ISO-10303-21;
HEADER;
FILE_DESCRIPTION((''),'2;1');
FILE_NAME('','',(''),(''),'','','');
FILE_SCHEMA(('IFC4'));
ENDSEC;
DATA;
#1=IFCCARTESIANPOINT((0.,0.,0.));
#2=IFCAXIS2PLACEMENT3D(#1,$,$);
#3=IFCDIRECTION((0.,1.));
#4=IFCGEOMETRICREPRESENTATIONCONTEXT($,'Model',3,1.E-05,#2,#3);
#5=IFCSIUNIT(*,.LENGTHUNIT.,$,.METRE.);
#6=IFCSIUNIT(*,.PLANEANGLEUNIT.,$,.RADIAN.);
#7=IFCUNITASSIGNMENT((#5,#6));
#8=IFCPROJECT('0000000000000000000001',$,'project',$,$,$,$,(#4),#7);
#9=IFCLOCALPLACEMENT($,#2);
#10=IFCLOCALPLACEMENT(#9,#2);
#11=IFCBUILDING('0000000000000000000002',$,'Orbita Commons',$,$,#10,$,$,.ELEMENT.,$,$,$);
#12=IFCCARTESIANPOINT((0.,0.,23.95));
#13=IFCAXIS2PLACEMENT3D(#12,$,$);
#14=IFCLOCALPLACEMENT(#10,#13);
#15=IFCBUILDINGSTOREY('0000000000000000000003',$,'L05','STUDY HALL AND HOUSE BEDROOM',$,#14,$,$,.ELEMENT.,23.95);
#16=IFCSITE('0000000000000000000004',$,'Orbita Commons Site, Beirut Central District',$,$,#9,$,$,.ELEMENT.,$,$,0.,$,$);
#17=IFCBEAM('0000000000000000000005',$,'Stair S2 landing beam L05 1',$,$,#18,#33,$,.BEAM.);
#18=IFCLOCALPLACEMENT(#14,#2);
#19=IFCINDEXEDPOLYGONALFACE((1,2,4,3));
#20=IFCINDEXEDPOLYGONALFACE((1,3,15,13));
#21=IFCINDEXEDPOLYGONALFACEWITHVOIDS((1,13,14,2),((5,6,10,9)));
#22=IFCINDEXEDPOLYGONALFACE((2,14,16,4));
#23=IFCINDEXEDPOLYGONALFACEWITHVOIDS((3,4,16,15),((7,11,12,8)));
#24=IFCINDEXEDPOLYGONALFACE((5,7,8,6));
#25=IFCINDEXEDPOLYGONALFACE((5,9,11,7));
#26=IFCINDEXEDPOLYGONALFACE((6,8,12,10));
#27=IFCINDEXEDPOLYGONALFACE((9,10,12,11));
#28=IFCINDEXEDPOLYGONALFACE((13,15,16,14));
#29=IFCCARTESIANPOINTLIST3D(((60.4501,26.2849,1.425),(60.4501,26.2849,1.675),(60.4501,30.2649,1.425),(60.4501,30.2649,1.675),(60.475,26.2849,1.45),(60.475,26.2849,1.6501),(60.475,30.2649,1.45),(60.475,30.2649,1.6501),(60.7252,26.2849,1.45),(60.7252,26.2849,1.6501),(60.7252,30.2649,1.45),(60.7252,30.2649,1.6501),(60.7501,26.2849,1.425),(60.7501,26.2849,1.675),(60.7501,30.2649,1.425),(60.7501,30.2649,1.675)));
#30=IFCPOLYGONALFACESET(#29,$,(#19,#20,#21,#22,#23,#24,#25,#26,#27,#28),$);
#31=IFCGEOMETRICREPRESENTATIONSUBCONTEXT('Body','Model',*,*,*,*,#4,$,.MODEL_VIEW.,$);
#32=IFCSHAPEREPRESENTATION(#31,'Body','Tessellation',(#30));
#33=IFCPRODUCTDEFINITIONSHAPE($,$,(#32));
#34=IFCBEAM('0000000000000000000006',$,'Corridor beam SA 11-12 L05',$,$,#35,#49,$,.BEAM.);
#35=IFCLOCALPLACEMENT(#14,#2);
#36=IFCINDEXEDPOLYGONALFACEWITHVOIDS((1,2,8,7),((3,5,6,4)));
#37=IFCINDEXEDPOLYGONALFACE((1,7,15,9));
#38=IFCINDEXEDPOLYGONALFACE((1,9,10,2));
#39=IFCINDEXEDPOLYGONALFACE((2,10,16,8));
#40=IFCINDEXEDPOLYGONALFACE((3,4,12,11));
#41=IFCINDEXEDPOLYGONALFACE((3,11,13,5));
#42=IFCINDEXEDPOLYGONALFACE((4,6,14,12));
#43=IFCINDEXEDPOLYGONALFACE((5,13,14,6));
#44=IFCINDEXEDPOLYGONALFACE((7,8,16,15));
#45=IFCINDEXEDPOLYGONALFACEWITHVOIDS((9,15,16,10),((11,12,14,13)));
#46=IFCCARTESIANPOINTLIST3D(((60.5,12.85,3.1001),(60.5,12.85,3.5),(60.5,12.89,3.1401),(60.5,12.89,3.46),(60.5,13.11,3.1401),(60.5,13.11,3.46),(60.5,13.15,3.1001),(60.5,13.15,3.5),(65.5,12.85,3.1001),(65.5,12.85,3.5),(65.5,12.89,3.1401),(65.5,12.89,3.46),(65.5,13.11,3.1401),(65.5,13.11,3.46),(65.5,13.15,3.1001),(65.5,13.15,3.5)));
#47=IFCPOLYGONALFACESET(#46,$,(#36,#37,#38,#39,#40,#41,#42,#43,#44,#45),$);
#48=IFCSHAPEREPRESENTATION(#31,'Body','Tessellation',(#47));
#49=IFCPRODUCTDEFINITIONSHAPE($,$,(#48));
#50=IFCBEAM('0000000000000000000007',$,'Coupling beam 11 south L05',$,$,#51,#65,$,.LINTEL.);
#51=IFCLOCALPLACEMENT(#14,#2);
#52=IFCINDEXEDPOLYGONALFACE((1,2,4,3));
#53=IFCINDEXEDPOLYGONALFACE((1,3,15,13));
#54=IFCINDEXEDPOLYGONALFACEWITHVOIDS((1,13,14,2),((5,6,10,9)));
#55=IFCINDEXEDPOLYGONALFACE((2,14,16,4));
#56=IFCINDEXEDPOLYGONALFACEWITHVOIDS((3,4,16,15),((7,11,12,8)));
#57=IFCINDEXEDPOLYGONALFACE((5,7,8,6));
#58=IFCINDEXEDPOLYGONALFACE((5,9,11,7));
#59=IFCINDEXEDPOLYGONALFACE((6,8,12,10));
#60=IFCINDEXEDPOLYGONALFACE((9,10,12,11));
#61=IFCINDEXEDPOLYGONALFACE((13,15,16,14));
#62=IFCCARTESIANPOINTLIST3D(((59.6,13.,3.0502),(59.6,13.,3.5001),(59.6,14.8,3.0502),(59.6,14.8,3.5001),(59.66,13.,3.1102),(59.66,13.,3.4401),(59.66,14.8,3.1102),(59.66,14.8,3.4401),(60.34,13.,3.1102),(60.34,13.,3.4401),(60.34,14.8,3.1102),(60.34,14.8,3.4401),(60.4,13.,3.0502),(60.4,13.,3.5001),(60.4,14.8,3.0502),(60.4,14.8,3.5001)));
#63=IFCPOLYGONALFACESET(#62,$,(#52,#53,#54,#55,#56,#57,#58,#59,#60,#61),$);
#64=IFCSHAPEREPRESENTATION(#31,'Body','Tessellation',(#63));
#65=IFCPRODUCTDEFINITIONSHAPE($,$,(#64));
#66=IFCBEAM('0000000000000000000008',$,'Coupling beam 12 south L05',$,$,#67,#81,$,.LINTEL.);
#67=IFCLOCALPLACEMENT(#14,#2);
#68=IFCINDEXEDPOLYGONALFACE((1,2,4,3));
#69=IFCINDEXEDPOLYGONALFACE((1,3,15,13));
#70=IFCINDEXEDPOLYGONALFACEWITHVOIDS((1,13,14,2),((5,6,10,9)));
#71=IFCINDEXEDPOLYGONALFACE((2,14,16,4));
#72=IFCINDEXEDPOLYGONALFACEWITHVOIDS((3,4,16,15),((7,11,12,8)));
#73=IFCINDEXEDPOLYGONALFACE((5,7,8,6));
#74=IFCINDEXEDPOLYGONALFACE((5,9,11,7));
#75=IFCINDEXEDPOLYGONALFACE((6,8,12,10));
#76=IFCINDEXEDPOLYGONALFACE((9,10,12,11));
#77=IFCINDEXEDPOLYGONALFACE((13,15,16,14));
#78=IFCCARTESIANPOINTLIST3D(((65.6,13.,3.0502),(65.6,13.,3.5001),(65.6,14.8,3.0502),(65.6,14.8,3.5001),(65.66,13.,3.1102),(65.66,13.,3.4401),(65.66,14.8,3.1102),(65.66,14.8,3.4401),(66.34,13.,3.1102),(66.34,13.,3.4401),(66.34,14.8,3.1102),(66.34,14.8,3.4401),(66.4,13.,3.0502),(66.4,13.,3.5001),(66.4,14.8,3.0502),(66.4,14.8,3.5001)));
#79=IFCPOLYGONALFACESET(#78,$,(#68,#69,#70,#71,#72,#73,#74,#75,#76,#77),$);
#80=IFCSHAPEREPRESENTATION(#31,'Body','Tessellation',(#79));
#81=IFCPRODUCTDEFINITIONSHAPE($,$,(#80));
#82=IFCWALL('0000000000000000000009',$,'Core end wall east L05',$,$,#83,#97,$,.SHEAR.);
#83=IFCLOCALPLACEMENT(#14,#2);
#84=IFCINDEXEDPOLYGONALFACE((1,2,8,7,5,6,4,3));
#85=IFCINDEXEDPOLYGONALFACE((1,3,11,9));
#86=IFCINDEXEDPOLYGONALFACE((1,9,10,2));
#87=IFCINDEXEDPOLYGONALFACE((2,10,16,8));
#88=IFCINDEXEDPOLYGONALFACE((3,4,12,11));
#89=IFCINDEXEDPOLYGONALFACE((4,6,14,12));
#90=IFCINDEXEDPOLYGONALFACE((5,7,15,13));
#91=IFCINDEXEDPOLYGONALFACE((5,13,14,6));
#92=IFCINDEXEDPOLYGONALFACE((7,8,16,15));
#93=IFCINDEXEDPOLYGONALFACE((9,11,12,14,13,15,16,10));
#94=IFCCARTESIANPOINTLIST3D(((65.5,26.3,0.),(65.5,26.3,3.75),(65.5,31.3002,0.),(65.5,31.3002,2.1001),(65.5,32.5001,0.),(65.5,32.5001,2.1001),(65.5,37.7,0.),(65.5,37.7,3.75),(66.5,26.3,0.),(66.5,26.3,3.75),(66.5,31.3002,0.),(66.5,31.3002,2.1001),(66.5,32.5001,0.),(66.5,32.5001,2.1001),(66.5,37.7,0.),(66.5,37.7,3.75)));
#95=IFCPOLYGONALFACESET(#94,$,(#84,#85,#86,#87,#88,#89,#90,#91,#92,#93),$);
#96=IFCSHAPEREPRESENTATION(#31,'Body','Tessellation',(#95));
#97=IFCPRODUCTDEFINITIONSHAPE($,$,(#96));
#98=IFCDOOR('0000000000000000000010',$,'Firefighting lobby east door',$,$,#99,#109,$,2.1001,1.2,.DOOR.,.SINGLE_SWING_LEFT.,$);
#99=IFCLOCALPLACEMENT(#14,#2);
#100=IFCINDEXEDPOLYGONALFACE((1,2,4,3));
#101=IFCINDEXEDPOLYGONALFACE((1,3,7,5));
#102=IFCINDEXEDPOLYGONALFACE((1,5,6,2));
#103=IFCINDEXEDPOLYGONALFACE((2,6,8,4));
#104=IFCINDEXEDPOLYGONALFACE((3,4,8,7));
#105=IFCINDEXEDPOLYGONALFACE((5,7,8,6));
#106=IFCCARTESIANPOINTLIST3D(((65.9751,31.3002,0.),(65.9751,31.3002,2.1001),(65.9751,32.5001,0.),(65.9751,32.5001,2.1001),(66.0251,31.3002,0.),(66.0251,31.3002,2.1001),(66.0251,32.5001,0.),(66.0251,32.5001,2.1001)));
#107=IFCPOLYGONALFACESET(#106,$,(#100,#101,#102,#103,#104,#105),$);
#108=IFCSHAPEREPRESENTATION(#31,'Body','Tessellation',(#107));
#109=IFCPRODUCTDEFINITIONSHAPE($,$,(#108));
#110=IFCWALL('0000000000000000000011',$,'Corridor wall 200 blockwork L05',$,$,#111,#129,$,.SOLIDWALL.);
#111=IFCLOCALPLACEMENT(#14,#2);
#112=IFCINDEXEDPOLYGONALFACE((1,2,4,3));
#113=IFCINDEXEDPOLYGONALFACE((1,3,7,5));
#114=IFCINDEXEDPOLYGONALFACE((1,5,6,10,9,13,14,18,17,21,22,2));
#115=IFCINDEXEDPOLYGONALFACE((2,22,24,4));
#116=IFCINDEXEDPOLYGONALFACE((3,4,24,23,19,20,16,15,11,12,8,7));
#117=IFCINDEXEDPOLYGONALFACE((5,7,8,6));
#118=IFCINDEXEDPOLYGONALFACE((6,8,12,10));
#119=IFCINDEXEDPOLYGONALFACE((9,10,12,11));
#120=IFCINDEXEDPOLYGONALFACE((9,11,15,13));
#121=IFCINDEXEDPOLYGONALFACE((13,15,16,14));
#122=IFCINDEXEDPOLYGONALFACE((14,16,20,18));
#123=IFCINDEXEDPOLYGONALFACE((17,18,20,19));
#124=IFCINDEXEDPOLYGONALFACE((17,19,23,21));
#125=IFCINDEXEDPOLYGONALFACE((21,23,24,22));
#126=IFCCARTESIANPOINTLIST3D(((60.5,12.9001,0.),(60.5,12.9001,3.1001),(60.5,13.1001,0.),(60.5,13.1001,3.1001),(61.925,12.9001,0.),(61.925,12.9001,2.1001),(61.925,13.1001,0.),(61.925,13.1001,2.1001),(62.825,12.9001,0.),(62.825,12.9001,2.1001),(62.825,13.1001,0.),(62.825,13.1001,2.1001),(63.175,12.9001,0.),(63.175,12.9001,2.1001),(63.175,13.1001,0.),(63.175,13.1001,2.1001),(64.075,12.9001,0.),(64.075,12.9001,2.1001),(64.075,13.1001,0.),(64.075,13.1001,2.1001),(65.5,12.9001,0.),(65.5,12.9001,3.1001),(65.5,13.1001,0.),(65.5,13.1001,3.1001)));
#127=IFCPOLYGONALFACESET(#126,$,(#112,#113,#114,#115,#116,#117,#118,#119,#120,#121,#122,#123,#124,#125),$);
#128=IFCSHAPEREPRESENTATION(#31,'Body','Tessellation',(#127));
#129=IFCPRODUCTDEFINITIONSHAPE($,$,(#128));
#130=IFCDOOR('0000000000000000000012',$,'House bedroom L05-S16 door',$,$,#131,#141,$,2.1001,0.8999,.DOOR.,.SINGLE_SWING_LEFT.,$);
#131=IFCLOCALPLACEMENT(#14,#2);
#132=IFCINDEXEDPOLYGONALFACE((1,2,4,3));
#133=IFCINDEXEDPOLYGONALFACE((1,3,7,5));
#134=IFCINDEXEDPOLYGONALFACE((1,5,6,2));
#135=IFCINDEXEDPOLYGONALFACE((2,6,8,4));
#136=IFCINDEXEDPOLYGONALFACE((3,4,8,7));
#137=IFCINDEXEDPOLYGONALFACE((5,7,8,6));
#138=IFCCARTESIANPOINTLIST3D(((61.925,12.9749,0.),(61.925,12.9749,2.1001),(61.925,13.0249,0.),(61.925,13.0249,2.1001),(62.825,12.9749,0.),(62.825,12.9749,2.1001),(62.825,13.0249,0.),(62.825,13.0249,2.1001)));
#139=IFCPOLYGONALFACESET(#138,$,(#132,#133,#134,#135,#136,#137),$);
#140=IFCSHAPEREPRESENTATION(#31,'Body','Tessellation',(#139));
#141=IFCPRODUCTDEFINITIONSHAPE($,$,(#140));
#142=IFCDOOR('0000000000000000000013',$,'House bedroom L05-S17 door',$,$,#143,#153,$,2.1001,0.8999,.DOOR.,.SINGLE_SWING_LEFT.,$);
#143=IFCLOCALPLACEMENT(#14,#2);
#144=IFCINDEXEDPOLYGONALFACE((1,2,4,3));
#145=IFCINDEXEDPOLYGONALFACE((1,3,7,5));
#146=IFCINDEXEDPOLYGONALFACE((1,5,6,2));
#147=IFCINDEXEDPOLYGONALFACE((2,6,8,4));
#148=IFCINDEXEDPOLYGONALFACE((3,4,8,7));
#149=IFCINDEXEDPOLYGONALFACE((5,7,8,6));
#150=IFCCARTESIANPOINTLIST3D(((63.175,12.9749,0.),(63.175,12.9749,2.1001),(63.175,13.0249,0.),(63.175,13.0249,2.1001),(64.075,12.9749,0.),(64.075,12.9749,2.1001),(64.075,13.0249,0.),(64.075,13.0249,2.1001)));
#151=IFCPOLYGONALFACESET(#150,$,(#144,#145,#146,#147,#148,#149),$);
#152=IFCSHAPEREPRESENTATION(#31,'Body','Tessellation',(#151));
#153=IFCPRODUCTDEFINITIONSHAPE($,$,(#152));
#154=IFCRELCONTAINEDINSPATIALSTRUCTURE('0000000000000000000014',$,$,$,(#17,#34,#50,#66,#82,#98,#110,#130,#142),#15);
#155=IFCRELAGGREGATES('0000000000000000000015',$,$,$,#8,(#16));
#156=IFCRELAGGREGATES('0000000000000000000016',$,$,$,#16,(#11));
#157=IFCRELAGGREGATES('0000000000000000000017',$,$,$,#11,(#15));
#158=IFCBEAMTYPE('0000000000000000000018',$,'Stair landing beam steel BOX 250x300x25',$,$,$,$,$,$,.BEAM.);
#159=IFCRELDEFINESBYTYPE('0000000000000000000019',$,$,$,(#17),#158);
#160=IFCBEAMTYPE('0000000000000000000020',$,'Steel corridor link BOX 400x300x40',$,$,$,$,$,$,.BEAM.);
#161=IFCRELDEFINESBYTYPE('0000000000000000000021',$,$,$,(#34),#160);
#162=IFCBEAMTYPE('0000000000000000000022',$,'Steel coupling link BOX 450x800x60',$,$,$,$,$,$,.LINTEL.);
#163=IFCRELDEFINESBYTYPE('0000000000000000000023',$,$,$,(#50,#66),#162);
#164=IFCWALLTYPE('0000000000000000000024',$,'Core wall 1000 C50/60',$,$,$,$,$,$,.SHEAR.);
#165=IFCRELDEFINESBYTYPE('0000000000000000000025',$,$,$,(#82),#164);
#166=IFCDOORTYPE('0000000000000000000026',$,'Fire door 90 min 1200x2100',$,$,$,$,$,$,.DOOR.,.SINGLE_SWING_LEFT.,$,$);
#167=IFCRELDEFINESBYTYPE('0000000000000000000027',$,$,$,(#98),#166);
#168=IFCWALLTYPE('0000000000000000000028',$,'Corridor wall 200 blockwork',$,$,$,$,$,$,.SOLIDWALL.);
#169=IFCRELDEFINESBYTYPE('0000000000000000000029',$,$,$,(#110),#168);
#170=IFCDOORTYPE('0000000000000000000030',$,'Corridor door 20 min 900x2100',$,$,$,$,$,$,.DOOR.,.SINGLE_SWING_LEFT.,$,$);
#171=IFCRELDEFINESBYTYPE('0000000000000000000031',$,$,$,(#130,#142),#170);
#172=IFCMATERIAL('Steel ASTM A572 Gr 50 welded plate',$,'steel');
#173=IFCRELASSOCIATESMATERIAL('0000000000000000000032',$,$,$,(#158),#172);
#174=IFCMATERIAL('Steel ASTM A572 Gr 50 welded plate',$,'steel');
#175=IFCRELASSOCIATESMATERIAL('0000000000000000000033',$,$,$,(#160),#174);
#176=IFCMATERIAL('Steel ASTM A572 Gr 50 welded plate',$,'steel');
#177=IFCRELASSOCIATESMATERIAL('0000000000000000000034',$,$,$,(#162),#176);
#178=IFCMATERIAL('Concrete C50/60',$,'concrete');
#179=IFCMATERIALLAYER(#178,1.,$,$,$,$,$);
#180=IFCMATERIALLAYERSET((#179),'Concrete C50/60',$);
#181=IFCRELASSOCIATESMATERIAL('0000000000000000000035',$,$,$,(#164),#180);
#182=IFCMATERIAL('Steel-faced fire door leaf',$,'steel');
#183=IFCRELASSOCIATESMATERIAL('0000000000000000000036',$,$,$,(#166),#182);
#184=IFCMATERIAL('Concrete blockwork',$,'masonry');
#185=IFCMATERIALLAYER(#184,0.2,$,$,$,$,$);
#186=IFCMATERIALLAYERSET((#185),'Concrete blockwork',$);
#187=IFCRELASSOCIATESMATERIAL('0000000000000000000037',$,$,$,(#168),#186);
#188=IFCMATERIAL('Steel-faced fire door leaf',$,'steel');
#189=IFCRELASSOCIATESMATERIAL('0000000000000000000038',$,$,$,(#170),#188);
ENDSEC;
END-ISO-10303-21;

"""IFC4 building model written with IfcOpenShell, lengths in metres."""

from ifc_helpers import new_model, si_unit, direction, frame, frame_2d, origin, origin_2d, place, context, subcontext, project, spatial, polyline, rectangle, hollow_rectangle, outline, extrude, material, layer, layer_set, material_profile, profile_set, type_object, element, fill, save


model = new_model("IFC4")

# Units and contexts
model_context = context("Model", 3, precision=1e-05, world=origin(), true_north=direction((0.0, 1.0)))
body_context = subcontext(model_context, "Body", "Model", "MODEL_VIEW")
ifc_project = project(units=[si_unit("LENGTHUNIT", "METRE"), si_unit("PLANEANGLEUNIT", "RADIAN")], contexts=[model_context])

# Site, building, storey
site_placement = place(None, origin())
site = spatial("IfcSite", under=ifc_project, at=site_placement, Name="Orbita Commons Site, Beirut Central District", CompositionType="ELEMENT", RefElevation=0.0)
building_placement = place(site_placement, origin())
building = spatial("IfcBuilding", under=site, at=building_placement, Name="Orbita Commons", CompositionType="ELEMENT")
storey_placement = place(building_placement, frame((0.0, 0.0, 23.95)))
storey = spatial("IfcBuildingStorey", under=building, at=storey_placement, Name="L05", Description="STUDY HALL AND HOUSE BEDROOM", CompositionType="ELEMENT", Elevation=23.95)

# Beams
ifc_material_1 = material(Name="Steel ASTM A572 Gr 50 welded plate", Category="steel")
ifc_material_profile_1 = material_profile(ifc_material_1, hollow_rectangle(XDim=0.3, YDim=0.25, WallThickness=0.0249, at=origin_2d()), Name="BOX 250x300x25")
ifc_profile_set_1 = profile_set([ifc_material_profile_1], Name="Steel ASTM A572 Gr 50 welded plate")
beam_type_1 = type_object("IfcBeamType", Name="Stair landing beam steel BOX 250x300x25", PredefinedType="BEAM", material=ifc_profile_set_1)
beam_1_placement = place(storey_placement, frame((60.6001, 26.2849, 1.55), z_axis=(0.0, 1.0, 0.0), x_axis=(-1.0, 0.0, 0.0)))
element("IfcBeam", 1, at=beam_1_placement, inside=storey, type_object=beam_type_1, Name="Stair S2 landing beam L05 1", PredefinedType="BEAM", context=body_context, shape_type="SweptSolid", body=[
    extrude(hollow_rectangle(XDim=0.3, YDim=0.25, WallThickness=0.0249, at=origin_2d()), origin(), (0.0, 0.0, 1.0), 3.98),
])
ifc_material_2 = material(Name="Steel ASTM A572 Gr 50 welded plate", Category="steel")
ifc_material_profile_2 = material_profile(ifc_material_2, hollow_rectangle(XDim=0.3, YDim=0.3999, WallThickness=0.04, at=origin_2d()), Name="BOX 400x300x40")
ifc_profile_set_2 = profile_set([ifc_material_profile_2], Name="Steel ASTM A572 Gr 50 welded plate")
beam_type_2 = type_object("IfcBeamType", Name="Steel corridor link BOX 400x300x40", PredefinedType="BEAM", material=ifc_profile_set_2)
beam_2_placement = place(storey_placement, frame((60.5, 13.0, 3.3), z_axis=(1.0, 0.0, 0.0), x_axis=(0.0, 1.0, 0.0)))
element("IfcBeam", 2, at=beam_2_placement, inside=storey, type_object=beam_type_2, Name="Corridor beam SA 11-12 L05", PredefinedType="BEAM", context=body_context, shape_type="SweptSolid", body=[
    extrude(hollow_rectangle(XDim=0.3, YDim=0.3999, WallThickness=0.04, at=origin_2d()), origin(), (0.0, 0.0, 1.0), 5.0),
])
ifc_material_3 = material(Name="Steel ASTM A572 Gr 50 welded plate", Category="steel")
ifc_material_profile_3 = material_profile(ifc_material_3, hollow_rectangle(XDim=0.8, YDim=0.45, WallThickness=0.0601, at=origin_2d()), Name="BOX 450x800x60")
ifc_profile_set_3 = profile_set([ifc_material_profile_3], Name="Steel ASTM A572 Gr 50 welded plate")
beam_type_3 = type_object("IfcBeamType", Name="Steel coupling link BOX 450x800x60", PredefinedType="LINTEL", material=ifc_profile_set_3)
for number, where, z_axis, x_axis, name in (
    (3, (60.0, 13.0, 3.2751), (0.0, 1.0, 0.0), (-1.0, 0.0, 0.0), "Coupling beam 11 south L05"),
    (4, (66.0, 13.0, 3.2751), (0.0, 1.0, 0.0), (-1.0, 0.0, 0.0), "Coupling beam 12 south L05"),
):
    element("IfcBeam", number, at=place(storey_placement, frame(where, z_axis=z_axis, x_axis=x_axis)), inside=storey, type_object=beam_type_3, Name=name, PredefinedType="LINTEL", context=body_context, shape_type="SweptSolid", body=[
        extrude(hollow_rectangle(XDim=0.8, YDim=0.45, WallThickness=0.0601, at=origin_2d()), origin(), (0.0, 0.0, 1.0), 1.8),
    ])

# Wall, opening, door
ifc_material_4 = material(Name="Concrete C50/60", Category="concrete")
ifc_layer_1 = layer(ifc_material_4, 1.0)
ifc_layer_set_1 = layer_set([ifc_layer_1], Name="Concrete C50/60")
wall_type_1 = type_object("IfcWallType", Name="Core wall 1000 C50/60", PredefinedType="SHEAR", material=ifc_layer_set_1)
wall_1_placement = place(storey_placement, frame((66.0, 26.3, 0.0), z_axis=(0.0, 0.0, 1.0), x_axis=(0.0, 1.0, 0.0)))
wall_1 = element("IfcWall", 5, at=wall_1_placement, inside=storey, type_object=wall_type_1, Name="Core end wall east L05", PredefinedType="SHEAR", context=body_context, shape_type="SweptSolid", body=[
    extrude(rectangle(XDim=11.3999, YDim=1.0, at=frame_2d((5.7, 0.0))), origin(), (0.0, 0.0, 1.0), 3.75),
])
opening_1_placement = place(wall_1_placement, frame((5.0, 0.0, 0.0)))
opening_1 = element("IfcOpeningElement", 6, at=opening_1_placement, cuts=wall_1, PredefinedType="OPENING", context=body_context, shape_type="SweptSolid", body=[
    extrude(rectangle(XDim=1.2, YDim=2.1001, at=frame_2d((0.6001, 1.05))), frame((0.0, 0.51, 0.0), z_axis=(0.0, -1.0, 0.0), x_axis=(1.0, 0.0, 0.0)), (0.0, 0.0, 1.0), 1.02),
])
ifc_material_5 = material(Name="Steel-faced fire door leaf", Category="steel")
door_type_1 = type_object("IfcDoorType", Name="Fire door 90 min 1200x2100", OperationType="SINGLE_SWING_LEFT", PredefinedType="DOOR", material=ifc_material_5)
door_1_placement = place(opening_1_placement, origin())
door_1 = element("IfcDoor", 7, at=door_1_placement, inside=storey, type_object=door_type_1, Name="Firefighting lobby east door", OperationType="SINGLE_SWING_LEFT", OverallHeight=2.1001, OverallWidth=1.2, PredefinedType="DOOR", context=body_context, shape_type="SweptSolid", body=[
    extrude(rectangle(XDim=1.2, YDim=2.1001, at=frame_2d((0.6001, 1.05))), frame((0.0, 0.0249, 0.0), z_axis=(0.0, -1.0, 0.0), x_axis=(1.0, 0.0, 0.0)), (0.0, 0.0, 1.0), 0.05),
])
fill(opening_1, door_1)

# Wall, openings, doors
ifc_material_6 = material(Name="Concrete blockwork", Category="masonry")
ifc_layer_2 = layer(ifc_material_6, 0.2)
ifc_layer_set_2 = layer_set([ifc_layer_2], Name="Concrete blockwork")
wall_type_2 = type_object("IfcWallType", Name="Corridor wall 200 blockwork", PredefinedType="SOLIDWALL", material=ifc_layer_set_2)
wall_2_placement = place(storey_placement, frame((60.5, 13.0, 0.0), z_axis=(0.0, 0.0, 1.0), x_axis=(1.0, 0.0, 0.0)))
wall_2 = element("IfcWall", 8, at=wall_2_placement, inside=storey, type_object=wall_type_2, Name="Corridor wall 200 blockwork L05", PredefinedType="SOLIDWALL", context=body_context, shape_type="SweptSolid", body=[
    extrude(outline(polyline([(0.0, 0.0), (5.0, 0.0), (5.0, 3.1001), (0.0, 3.1001), (0.0, 0.0)])), frame((0.0, 0.1001, 0.0), z_axis=(0.0, -1.0, 0.0), x_axis=(1.0, 0.0, 0.0)), (0.0, 0.0, 1.0), 0.2),
])
opening_2_placement = place(wall_2_placement, frame((1.425, 0.0, 0.0)))
opening_2 = element("IfcOpeningElement", 9, at=opening_2_placement, cuts=wall_2, PredefinedType="OPENING", context=body_context, shape_type="SweptSolid", body=[
    extrude(rectangle(XDim=0.8999, YDim=2.1001, at=frame_2d((0.45, 1.05))), frame((0.0, 0.1099, 0.0), z_axis=(0.0, -1.0, 0.0), x_axis=(1.0, 0.0, 0.0)), (0.0, 0.0, 1.0), 0.22),
])
opening_3_placement = place(wall_2_placement, frame((2.675, 0.0, 0.0)))
opening_3 = element("IfcOpeningElement", 10, at=opening_3_placement, cuts=wall_2, PredefinedType="OPENING", context=body_context, shape_type="SweptSolid", body=[
    extrude(rectangle(XDim=0.8999, YDim=2.1001, at=frame_2d((0.45, 1.05))), frame((0.0, 0.1099, 0.0), z_axis=(0.0, -1.0, 0.0), x_axis=(1.0, 0.0, 0.0)), (0.0, 0.0, 1.0), 0.22),
])
ifc_material_7 = material(Name="Steel-faced fire door leaf", Category="steel")
door_type_2 = type_object("IfcDoorType", Name="Corridor door 20 min 900x2100", OperationType="SINGLE_SWING_LEFT", PredefinedType="DOOR", material=ifc_material_7)
door_2_placement = place(opening_2_placement, origin())
door_2 = element("IfcDoor", 11, at=door_2_placement, inside=storey, type_object=door_type_2, Name="House bedroom L05-S16 door", OperationType="SINGLE_SWING_LEFT", OverallHeight=2.1001, OverallWidth=0.8999, PredefinedType="DOOR", context=body_context, shape_type="SweptSolid", body=[
    extrude(rectangle(XDim=0.8999, YDim=2.1001, at=frame_2d((0.45, 1.05))), frame((0.0, 0.0249, 0.0), z_axis=(0.0, -1.0, 0.0), x_axis=(1.0, 0.0, 0.0)), (0.0, 0.0, 1.0), 0.05),
])
fill(opening_2, door_2)
door_3_placement = place(opening_3_placement, origin())
door_3 = element("IfcDoor", 12, at=door_3_placement, inside=storey, type_object=door_type_2, Name="House bedroom L05-S17 door", OperationType="SINGLE_SWING_LEFT", OverallHeight=2.1001, OverallWidth=0.8999, PredefinedType="DOOR", context=body_context, shape_type="SweptSolid", body=[
    extrude(rectangle(XDim=0.8999, YDim=2.1001, at=frame_2d((0.45, 1.05))), frame((0.0, 0.0249, 0.0), z_axis=(0.0, -1.0, 0.0), x_axis=(1.0, 0.0, 0.0)), (0.0, 0.0, 1.0), 0.05),
])
fill(opening_3, door_3)

save(model, "model.ifc")
